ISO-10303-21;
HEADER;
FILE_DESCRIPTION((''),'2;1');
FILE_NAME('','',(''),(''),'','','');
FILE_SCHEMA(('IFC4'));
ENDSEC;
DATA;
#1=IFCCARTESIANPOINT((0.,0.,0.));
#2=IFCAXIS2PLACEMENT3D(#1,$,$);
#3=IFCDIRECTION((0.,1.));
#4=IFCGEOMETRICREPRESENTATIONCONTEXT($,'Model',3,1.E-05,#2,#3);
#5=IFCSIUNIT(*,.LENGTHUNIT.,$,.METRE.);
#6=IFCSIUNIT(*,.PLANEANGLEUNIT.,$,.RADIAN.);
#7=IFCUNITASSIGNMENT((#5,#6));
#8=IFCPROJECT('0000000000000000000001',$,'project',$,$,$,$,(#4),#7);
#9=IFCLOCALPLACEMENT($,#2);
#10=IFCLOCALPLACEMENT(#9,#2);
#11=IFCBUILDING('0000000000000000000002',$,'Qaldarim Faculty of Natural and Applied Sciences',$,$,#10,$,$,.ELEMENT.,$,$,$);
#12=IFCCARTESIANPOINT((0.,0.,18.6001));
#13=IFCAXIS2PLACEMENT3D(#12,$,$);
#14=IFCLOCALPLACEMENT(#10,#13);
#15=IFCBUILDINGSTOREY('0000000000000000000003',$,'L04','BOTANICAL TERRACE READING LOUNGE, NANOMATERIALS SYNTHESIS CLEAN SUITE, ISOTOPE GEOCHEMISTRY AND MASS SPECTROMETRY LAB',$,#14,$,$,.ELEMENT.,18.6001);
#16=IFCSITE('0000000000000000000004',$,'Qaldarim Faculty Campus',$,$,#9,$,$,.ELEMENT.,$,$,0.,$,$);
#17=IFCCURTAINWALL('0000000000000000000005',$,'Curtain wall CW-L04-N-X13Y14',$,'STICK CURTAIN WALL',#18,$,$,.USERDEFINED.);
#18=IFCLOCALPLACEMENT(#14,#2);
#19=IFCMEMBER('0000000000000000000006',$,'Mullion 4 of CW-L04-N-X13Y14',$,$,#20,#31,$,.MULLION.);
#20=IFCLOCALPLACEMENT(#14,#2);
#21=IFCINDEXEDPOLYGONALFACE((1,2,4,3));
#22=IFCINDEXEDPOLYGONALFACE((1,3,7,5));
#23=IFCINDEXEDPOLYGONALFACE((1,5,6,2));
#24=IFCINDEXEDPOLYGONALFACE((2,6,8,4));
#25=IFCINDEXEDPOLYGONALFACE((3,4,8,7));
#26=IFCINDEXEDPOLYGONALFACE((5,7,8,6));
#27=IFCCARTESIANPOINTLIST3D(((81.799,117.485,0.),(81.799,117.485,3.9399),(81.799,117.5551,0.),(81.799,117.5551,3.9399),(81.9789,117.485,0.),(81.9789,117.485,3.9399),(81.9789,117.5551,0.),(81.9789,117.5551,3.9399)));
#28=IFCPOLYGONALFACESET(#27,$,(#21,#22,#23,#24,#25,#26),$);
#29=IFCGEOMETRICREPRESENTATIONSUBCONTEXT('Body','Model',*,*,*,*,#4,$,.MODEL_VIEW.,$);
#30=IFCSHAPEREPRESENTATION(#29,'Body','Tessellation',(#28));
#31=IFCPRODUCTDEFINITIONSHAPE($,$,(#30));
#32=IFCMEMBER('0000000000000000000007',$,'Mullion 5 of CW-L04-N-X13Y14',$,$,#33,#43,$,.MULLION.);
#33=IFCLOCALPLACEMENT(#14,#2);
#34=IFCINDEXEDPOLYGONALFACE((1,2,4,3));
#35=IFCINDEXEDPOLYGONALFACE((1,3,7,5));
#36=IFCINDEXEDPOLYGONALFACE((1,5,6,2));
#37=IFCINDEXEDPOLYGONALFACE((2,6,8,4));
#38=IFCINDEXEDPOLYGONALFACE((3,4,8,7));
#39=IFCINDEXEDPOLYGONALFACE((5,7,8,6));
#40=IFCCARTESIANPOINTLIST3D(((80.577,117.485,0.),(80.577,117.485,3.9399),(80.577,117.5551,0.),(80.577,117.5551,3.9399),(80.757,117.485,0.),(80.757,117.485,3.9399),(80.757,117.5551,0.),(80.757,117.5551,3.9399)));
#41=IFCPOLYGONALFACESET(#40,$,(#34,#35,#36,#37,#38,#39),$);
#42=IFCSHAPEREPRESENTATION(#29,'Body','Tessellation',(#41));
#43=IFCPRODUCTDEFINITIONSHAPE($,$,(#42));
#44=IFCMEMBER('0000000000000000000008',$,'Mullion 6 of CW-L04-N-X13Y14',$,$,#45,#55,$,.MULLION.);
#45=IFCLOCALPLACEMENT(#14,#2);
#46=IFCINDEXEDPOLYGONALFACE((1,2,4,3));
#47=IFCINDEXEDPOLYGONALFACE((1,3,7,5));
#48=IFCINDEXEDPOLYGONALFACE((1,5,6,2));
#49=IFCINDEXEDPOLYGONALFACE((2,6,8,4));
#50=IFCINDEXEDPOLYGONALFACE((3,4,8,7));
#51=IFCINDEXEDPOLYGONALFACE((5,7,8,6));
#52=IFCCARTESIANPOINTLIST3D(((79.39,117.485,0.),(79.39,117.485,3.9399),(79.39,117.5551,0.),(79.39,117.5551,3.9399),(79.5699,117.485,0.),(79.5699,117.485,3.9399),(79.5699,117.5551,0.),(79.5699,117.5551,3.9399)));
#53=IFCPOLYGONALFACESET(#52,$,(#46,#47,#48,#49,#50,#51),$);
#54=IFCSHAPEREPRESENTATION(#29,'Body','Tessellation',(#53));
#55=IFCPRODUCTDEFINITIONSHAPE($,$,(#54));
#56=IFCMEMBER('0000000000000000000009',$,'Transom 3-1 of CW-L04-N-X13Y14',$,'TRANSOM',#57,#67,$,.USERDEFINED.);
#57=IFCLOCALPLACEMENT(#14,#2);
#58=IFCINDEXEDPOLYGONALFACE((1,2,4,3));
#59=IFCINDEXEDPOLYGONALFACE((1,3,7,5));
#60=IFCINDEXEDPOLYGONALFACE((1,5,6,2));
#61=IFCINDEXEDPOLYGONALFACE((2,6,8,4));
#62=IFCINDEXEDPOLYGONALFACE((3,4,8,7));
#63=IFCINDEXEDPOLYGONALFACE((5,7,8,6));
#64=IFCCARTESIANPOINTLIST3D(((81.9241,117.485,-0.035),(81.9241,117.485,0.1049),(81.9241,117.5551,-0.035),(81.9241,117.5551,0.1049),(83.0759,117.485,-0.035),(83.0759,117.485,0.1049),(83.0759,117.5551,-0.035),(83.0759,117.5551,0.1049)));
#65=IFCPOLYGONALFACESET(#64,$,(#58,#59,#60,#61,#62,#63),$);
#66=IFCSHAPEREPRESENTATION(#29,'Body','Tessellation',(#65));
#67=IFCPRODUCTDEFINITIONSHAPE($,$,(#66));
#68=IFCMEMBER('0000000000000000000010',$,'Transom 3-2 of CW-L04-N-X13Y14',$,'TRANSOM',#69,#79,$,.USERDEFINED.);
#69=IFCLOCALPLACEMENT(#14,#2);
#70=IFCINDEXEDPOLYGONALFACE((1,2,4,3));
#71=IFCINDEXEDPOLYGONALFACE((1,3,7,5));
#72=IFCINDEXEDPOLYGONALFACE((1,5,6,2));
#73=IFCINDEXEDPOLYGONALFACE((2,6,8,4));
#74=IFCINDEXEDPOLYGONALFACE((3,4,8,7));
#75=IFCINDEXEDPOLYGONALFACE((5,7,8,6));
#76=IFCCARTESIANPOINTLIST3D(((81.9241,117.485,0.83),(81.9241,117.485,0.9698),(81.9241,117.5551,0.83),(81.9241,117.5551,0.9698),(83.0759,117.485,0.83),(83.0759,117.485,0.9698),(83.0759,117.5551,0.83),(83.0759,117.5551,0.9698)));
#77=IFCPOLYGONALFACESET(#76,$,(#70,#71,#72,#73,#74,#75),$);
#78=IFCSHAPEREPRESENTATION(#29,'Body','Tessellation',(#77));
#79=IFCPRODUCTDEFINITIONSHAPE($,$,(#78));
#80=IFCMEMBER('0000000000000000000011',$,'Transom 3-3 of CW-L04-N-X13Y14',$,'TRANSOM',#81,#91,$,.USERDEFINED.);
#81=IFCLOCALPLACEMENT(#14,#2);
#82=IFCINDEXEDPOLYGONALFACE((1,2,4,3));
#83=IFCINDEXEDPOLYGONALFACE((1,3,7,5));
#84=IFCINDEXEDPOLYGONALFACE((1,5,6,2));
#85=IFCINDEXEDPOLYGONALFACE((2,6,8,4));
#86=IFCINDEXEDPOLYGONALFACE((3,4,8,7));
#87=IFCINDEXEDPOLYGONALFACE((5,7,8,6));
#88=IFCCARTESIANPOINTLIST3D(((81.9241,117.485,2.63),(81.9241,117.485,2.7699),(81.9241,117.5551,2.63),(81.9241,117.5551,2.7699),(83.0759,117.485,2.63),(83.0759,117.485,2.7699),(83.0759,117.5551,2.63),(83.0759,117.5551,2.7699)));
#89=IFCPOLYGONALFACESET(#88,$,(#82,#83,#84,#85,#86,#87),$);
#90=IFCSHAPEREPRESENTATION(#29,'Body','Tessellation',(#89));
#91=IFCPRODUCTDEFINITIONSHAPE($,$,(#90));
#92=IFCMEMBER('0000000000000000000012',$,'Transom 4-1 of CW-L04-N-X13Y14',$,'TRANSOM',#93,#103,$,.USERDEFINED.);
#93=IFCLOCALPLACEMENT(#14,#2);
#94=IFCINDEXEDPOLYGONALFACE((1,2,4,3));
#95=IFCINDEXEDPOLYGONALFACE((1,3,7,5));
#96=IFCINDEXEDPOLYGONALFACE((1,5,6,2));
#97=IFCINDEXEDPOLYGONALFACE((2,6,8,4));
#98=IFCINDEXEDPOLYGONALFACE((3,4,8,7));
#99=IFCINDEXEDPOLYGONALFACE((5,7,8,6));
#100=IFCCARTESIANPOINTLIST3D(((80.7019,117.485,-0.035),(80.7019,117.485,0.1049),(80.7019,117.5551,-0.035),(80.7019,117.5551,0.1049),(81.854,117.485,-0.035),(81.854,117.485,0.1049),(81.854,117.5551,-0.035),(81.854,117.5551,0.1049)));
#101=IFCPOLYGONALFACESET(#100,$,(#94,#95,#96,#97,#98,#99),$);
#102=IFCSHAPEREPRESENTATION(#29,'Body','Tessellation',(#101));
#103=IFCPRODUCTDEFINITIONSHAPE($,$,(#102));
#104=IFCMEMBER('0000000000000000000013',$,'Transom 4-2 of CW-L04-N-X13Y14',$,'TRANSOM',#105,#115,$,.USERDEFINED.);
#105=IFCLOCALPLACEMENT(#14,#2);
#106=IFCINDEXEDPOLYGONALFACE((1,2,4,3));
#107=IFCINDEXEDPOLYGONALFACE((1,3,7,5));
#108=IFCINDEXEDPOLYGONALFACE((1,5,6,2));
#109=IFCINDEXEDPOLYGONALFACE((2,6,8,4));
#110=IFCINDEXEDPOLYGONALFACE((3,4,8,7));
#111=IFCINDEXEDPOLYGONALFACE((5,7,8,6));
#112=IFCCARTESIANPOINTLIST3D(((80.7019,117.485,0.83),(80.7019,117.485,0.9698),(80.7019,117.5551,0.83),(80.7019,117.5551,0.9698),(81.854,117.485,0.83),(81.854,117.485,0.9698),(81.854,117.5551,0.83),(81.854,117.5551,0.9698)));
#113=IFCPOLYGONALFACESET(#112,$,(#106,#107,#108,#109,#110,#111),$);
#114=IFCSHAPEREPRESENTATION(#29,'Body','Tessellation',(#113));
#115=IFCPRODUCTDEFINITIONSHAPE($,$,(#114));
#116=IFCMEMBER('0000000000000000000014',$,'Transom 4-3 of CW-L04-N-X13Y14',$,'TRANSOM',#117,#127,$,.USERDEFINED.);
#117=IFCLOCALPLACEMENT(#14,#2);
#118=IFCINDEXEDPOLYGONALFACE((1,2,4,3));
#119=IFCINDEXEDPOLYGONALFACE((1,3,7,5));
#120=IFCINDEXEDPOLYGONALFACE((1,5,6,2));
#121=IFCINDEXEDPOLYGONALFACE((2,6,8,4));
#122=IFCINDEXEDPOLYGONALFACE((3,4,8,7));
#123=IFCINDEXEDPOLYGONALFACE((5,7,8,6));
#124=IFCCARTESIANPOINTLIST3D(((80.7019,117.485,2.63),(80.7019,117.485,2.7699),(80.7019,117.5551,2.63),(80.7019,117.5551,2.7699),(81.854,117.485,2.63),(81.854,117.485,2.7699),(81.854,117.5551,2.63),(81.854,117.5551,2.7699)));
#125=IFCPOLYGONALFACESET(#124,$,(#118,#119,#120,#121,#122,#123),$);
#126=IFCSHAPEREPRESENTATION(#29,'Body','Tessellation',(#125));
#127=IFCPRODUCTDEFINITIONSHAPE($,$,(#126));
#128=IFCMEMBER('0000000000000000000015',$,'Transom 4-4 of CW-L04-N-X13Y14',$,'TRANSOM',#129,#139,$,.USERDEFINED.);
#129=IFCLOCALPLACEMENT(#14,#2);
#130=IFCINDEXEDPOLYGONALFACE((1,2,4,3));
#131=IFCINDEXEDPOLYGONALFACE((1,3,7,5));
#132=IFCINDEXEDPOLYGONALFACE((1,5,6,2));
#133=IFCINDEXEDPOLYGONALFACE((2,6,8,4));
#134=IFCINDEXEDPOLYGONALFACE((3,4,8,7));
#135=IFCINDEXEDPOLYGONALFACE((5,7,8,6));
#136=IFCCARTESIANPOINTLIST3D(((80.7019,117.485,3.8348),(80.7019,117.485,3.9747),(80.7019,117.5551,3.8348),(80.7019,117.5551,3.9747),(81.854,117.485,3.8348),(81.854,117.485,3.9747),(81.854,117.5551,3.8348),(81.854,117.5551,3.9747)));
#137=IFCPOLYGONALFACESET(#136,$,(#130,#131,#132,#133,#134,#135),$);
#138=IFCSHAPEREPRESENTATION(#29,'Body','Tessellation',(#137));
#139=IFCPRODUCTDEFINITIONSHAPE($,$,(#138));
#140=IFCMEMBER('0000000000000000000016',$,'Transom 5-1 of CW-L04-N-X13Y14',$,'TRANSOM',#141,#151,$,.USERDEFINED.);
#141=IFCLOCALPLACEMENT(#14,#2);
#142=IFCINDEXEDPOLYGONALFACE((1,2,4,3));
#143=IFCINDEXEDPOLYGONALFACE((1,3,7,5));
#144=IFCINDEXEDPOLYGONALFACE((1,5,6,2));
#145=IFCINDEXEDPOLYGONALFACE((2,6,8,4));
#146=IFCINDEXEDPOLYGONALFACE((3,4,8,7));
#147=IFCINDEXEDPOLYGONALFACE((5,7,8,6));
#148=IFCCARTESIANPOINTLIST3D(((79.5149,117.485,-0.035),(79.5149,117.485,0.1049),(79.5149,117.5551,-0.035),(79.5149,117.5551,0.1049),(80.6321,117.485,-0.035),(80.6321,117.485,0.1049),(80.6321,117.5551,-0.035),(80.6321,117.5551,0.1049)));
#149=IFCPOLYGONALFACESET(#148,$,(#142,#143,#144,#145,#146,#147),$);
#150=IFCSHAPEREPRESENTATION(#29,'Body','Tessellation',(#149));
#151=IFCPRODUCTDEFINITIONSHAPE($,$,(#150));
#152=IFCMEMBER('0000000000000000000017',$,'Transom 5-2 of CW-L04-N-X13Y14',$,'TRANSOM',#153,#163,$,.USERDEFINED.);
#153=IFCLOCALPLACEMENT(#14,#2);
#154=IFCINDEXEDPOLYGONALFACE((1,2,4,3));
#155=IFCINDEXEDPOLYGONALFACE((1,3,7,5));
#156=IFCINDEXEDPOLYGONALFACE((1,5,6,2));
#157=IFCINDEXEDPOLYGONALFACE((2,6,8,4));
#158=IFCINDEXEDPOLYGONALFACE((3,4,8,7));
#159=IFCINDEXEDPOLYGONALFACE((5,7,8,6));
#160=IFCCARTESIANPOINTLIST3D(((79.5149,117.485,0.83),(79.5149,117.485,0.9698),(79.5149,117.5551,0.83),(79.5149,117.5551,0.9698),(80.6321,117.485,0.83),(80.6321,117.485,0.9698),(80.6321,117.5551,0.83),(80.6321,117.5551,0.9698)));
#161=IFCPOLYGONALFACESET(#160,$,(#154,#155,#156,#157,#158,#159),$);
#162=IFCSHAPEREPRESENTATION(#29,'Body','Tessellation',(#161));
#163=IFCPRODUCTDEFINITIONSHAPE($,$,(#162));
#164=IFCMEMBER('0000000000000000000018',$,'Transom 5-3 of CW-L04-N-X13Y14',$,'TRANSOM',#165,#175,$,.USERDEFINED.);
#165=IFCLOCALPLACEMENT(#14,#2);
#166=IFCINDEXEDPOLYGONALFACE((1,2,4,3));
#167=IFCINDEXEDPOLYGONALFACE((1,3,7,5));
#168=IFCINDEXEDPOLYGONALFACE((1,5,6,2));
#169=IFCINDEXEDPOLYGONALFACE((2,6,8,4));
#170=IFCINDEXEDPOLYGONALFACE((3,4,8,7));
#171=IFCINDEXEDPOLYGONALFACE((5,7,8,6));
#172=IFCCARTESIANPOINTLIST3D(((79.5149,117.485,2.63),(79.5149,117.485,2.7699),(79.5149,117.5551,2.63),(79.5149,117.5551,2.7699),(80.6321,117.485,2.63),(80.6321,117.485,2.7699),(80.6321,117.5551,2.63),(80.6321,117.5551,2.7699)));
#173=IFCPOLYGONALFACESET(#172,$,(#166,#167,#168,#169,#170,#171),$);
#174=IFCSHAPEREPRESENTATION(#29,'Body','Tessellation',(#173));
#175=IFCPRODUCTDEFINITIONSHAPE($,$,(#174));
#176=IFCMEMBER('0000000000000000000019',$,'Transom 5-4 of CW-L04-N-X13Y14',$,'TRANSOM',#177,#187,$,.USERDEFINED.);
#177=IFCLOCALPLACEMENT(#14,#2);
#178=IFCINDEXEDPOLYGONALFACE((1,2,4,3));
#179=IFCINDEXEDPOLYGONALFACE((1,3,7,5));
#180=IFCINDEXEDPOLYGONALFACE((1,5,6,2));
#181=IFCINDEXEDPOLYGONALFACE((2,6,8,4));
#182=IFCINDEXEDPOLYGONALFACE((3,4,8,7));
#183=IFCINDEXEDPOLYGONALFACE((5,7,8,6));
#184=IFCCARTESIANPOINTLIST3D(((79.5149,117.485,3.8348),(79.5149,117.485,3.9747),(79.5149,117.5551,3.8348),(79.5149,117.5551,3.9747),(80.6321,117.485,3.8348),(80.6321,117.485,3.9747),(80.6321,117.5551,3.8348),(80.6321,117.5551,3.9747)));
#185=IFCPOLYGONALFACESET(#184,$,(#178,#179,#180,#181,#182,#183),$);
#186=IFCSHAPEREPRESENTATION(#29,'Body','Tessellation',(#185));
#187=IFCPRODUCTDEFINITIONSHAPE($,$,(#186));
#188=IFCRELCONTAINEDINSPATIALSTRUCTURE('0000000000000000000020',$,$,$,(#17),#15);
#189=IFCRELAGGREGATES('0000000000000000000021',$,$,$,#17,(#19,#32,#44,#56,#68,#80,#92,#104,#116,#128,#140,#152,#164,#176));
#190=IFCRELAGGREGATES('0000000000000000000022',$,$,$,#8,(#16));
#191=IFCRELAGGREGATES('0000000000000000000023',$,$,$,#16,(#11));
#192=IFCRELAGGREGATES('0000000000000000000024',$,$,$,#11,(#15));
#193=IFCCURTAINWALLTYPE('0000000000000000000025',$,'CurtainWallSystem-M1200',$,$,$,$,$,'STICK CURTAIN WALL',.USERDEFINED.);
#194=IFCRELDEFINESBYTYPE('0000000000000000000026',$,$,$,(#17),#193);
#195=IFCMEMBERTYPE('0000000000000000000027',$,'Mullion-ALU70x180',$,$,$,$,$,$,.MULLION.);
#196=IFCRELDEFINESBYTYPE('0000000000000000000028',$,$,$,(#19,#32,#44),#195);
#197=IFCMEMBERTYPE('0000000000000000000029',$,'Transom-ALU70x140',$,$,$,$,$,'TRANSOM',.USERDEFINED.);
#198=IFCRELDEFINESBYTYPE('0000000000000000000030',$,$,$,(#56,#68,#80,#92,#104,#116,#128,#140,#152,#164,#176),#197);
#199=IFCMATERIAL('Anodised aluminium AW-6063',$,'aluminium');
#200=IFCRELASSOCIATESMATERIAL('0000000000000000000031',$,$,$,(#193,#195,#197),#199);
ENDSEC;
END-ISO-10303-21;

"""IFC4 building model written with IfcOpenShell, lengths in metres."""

from ifc_helpers import new_model, si_unit, direction, frame, origin, origin_2d, place, context, subcontext, project, spatial, rectangle, extrude, material, material_profile, profile_set, type_object, element, aggregate, save


model = new_model("IFC4")

# Units and contexts
model_context = context("Model", 3, precision=1e-05, world=origin(), true_north=direction((0.0, 1.0)))
body_context = subcontext(model_context, "Body", "Model", "MODEL_VIEW")
ifc_project = project(units=[si_unit("LENGTHUNIT", "METRE"), si_unit("PLANEANGLEUNIT", "RADIAN")], contexts=[model_context])

# Site, building, storey
site_placement = place(None, origin())
site = spatial("IfcSite", under=ifc_project, at=site_placement, Name="Qaldarim Faculty Campus", CompositionType="ELEMENT", RefElevation=0.0)
building_placement = place(site_placement, origin())
building = spatial("IfcBuilding", under=site, at=building_placement, Name="Qaldarim Faculty of Natural and Applied Sciences", CompositionType="ELEMENT")
storey_placement = place(building_placement, frame((0.0, 0.0, 18.6001)))
storey = spatial("IfcBuildingStorey", under=building, at=storey_placement, Name="L04", Description="BOTANICAL TERRACE READING LOUNGE, NANOMATERIALS SYNTHESIS CLEAN SUITE, ISOTOPE GEOCHEMISTRY AND MASS SPECTROMETRY LAB", CompositionType="ELEMENT", Elevation=18.6001)

# Curtain wall, members
ifc_material_1 = material(Name="Anodised aluminium AW-6063", Category="aluminium")
curtain_wall_type = type_object("IfcCurtainWallType", Name="CurtainWallSystem-M1200", ElementType="STICK CURTAIN WALL", PredefinedType="USERDEFINED", material=ifc_material_1)
curtain_wall_placement = place(storey_placement, origin())
curtain_wall = element("IfcCurtainWall", 1, at=curtain_wall_placement, inside=storey, type_object=curtain_wall_type, Name="Curtain wall CW-L04-N-X13Y14", ObjectType="STICK CURTAIN WALL", PredefinedType="USERDEFINED")
ifc_material_profile_1 = material_profile(ifc_material_1, rectangle(XDim=0.0701, YDim=0.1799, at=origin_2d()), Name="ALU-M70x180")
ifc_profile_set_1 = profile_set([ifc_material_profile_1], Name="Anodised aluminium AW-6063")
member_type_1 = type_object("IfcMemberType", Name="Mullion-ALU70x180", PredefinedType="MULLION", material=ifc_profile_set_1)
member_1_placement = place(storey_placement, frame((81.8889, 117.52, 0.0), z_axis=(0.0, 0.0, 1.0), x_axis=(0.0, -1.0, 0.0)))
member_1 = element("IfcMember", 2, at=member_1_placement, type_object=member_type_1, Name="Mullion 4 of CW-L04-N-X13Y14", PredefinedType="MULLION", context=body_context, shape_type="SweptSolid", body=[
    extrude(rectangle(XDim=0.0701, YDim=0.1799, at=origin_2d()), origin(), (0.0, 0.0, 1.0), 3.9399),
])
member_2_placement = place(storey_placement, frame((80.667, 117.52, 0.0), z_axis=(0.0, 0.0, 1.0), x_axis=(0.0, -1.0, 0.0)))
member_2 = element("IfcMember", 3, at=member_2_placement, type_object=member_type_1, Name="Mullion 5 of CW-L04-N-X13Y14", PredefinedType="MULLION", context=body_context, shape_type="SweptSolid", body=[
    extrude(rectangle(XDim=0.0701, YDim=0.1799, at=origin_2d()), origin(), (0.0, 0.0, 1.0), 3.9399),
])
member_3_placement = place(storey_placement, frame((79.48, 117.52, 0.0), z_axis=(0.0, 0.0, 1.0), x_axis=(0.0, -1.0, 0.0)))
member_3 = element("IfcMember", 4, at=member_3_placement, type_object=member_type_1, Name="Mullion 6 of CW-L04-N-X13Y14", PredefinedType="MULLION", context=body_context, shape_type="SweptSolid", body=[
    extrude(rectangle(XDim=0.0701, YDim=0.1799, at=origin_2d()), origin(), (0.0, 0.0, 1.0), 3.9399),
])
ifc_material_profile_2 = material_profile(ifc_material_1, rectangle(XDim=0.0701, YDim=0.1399, at=origin_2d()), Name="ALU-T70x140")
ifc_profile_set_2 = profile_set([ifc_material_profile_2], Name="Anodised aluminium AW-6063")
member_type_2 = type_object("IfcMemberType", Name="Transom-ALU70x140", ElementType="TRANSOM", PredefinedType="USERDEFINED", material=ifc_profile_set_2)
member_4_placement = place(storey_placement, frame((83.0759, 117.52, 0.0349), z_axis=(-1.0, 0.0, 0.0), x_axis=(0.0, -1.0, 0.0)))
member_4 = element("IfcMember", 5, at=member_4_placement, type_object=member_type_2, Name="Transom 3-1 of CW-L04-N-X13Y14", ObjectType="TRANSOM", PredefinedType="USERDEFINED", context=body_context, shape_type="SweptSolid", body=[
    extrude(rectangle(XDim=0.0701, YDim=0.1399, at=origin_2d()), origin(), (0.0, 0.0, 1.0), 1.1519),
])
member_5_placement = place(storey_placement, frame((83.0759, 117.52, 0.8999), z_axis=(-1.0, 0.0, 0.0), x_axis=(0.0, -1.0, 0.0)))
member_5 = element("IfcMember", 6, at=member_5_placement, type_object=member_type_2, Name="Transom 3-2 of CW-L04-N-X13Y14", ObjectType="TRANSOM", PredefinedType="USERDEFINED", context=body_context, shape_type="SweptSolid", body=[
    extrude(rectangle(XDim=0.0701, YDim=0.1399, at=origin_2d()), origin(), (0.0, 0.0, 1.0), 1.1519),
])
member_6_placement = place(storey_placement, frame((83.0759, 117.52, 2.7), z_axis=(-1.0, 0.0, 0.0), x_axis=(0.0, -1.0, 0.0)))
member_6 = element("IfcMember", 7, at=member_6_placement, type_object=member_type_2, Name="Transom 3-3 of CW-L04-N-X13Y14", ObjectType="TRANSOM", PredefinedType="USERDEFINED", context=body_context, shape_type="SweptSolid", body=[
    extrude(rectangle(XDim=0.0701, YDim=0.1399, at=origin_2d()), origin(), (0.0, 0.0, 1.0), 1.1519),
])
member_7_placement = place(storey_placement, frame((81.854, 117.52, 0.0349), z_axis=(-1.0, 0.0, 0.0), x_axis=(0.0, -1.0, 0.0)))
member_7 = element("IfcMember", 8, at=member_7_placement, type_object=member_type_2, Name="Transom 4-1 of CW-L04-N-X13Y14", ObjectType="TRANSOM", PredefinedType="USERDEFINED", context=body_context, shape_type="SweptSolid", body=[
    extrude(rectangle(XDim=0.0701, YDim=0.1399, at=origin_2d()), origin(), (0.0, 0.0, 1.0), 1.1521),
])
member_8_placement = place(storey_placement, frame((81.854, 117.52, 0.8999), z_axis=(-1.0, 0.0, 0.0), x_axis=(0.0, -1.0, 0.0)))
member_8 = element("IfcMember", 9, at=member_8_placement, type_object=member_type_2, Name="Transom 4-2 of CW-L04-N-X13Y14", ObjectType="TRANSOM", PredefinedType="USERDEFINED", context=body_context, shape_type="SweptSolid", body=[
    extrude(rectangle(XDim=0.0701, YDim=0.1399, at=origin_2d()), origin(), (0.0, 0.0, 1.0), 1.1521),
])
member_9_placement = place(storey_placement, frame((81.854, 117.52, 2.7), z_axis=(-1.0, 0.0, 0.0), x_axis=(0.0, -1.0, 0.0)))
member_9 = element("IfcMember", 10, at=member_9_placement, type_object=member_type_2, Name="Transom 4-3 of CW-L04-N-X13Y14", ObjectType="TRANSOM", PredefinedType="USERDEFINED", context=body_context, shape_type="SweptSolid", body=[
    extrude(rectangle(XDim=0.0701, YDim=0.1399, at=origin_2d()), origin(), (0.0, 0.0, 1.0), 1.1521),
])
member_10_placement = place(storey_placement, frame((81.854, 117.52, 3.9048), z_axis=(-1.0, 0.0, 0.0), x_axis=(0.0, -1.0, 0.0)))
member_10 = element("IfcMember", 11, at=member_10_placement, type_object=member_type_2, Name="Transom 4-4 of CW-L04-N-X13Y14", ObjectType="TRANSOM", PredefinedType="USERDEFINED", context=body_context, shape_type="SweptSolid", body=[
    extrude(rectangle(XDim=0.0701, YDim=0.1399, at=origin_2d()), origin(), (0.0, 0.0, 1.0), 1.1521),
])
member_11_placement = place(storey_placement, frame((80.6321, 117.52, 0.0349), z_axis=(-1.0, 0.0, 0.0), x_axis=(0.0, -1.0, 0.0)))
member_11 = element("IfcMember", 12, at=member_11_placement, type_object=member_type_2, Name="Transom 5-1 of CW-L04-N-X13Y14", ObjectType="TRANSOM", PredefinedType="USERDEFINED", context=body_context, shape_type="SweptSolid", body=[
    extrude(rectangle(XDim=0.0701, YDim=0.1399, at=origin_2d()), origin(), (0.0, 0.0, 1.0), 1.1172),
])
member_12_placement = place(storey_placement, frame((80.6321, 117.52, 0.8999), z_axis=(-1.0, 0.0, 0.0), x_axis=(0.0, -1.0, 0.0)))
member_12 = element("IfcMember", 13, at=member_12_placement, type_object=member_type_2, Name="Transom 5-2 of CW-L04-N-X13Y14", ObjectType="TRANSOM", PredefinedType="USERDEFINED", context=body_context, shape_type="SweptSolid", body=[
    extrude(rectangle(XDim=0.0701, YDim=0.1399, at=origin_2d()), origin(), (0.0, 0.0, 1.0), 1.1172),
])
member_13_placement = place(storey_placement, frame((80.6321, 117.52, 2.7), z_axis=(-1.0, 0.0, 0.0), x_axis=(0.0, -1.0, 0.0)))
member_13 = element("IfcMember", 14, at=member_13_placement, type_object=member_type_2, Name="Transom 5-3 of CW-L04-N-X13Y14", ObjectType="TRANSOM", PredefinedType="USERDEFINED", context=body_context, shape_type="SweptSolid", body=[
    extrude(rectangle(XDim=0.0701, YDim=0.1399, at=origin_2d()), origin(), (0.0, 0.0, 1.0), 1.1172),
])
member_14_placement = place(storey_placement, frame((80.6321, 117.52, 3.9048), z_axis=(-1.0, 0.0, 0.0), x_axis=(0.0, -1.0, 0.0)))
member_14 = element("IfcMember", 15, at=member_14_placement, type_object=member_type_2, Name="Transom 5-4 of CW-L04-N-X13Y14", ObjectType="TRANSOM", PredefinedType="USERDEFINED", context=body_context, shape_type="SweptSolid", body=[
    extrude(rectangle(XDim=0.0701, YDim=0.1399, at=origin_2d()), origin(), (0.0, 0.0, 1.0), 1.1172),
])
aggregate(curtain_wall, [member_1, member_2, member_3, member_4, member_5, member_6, member_7, member_8, member_9, member_10, member_11, member_12, member_13, member_14])

save(model, "model.ifc")
